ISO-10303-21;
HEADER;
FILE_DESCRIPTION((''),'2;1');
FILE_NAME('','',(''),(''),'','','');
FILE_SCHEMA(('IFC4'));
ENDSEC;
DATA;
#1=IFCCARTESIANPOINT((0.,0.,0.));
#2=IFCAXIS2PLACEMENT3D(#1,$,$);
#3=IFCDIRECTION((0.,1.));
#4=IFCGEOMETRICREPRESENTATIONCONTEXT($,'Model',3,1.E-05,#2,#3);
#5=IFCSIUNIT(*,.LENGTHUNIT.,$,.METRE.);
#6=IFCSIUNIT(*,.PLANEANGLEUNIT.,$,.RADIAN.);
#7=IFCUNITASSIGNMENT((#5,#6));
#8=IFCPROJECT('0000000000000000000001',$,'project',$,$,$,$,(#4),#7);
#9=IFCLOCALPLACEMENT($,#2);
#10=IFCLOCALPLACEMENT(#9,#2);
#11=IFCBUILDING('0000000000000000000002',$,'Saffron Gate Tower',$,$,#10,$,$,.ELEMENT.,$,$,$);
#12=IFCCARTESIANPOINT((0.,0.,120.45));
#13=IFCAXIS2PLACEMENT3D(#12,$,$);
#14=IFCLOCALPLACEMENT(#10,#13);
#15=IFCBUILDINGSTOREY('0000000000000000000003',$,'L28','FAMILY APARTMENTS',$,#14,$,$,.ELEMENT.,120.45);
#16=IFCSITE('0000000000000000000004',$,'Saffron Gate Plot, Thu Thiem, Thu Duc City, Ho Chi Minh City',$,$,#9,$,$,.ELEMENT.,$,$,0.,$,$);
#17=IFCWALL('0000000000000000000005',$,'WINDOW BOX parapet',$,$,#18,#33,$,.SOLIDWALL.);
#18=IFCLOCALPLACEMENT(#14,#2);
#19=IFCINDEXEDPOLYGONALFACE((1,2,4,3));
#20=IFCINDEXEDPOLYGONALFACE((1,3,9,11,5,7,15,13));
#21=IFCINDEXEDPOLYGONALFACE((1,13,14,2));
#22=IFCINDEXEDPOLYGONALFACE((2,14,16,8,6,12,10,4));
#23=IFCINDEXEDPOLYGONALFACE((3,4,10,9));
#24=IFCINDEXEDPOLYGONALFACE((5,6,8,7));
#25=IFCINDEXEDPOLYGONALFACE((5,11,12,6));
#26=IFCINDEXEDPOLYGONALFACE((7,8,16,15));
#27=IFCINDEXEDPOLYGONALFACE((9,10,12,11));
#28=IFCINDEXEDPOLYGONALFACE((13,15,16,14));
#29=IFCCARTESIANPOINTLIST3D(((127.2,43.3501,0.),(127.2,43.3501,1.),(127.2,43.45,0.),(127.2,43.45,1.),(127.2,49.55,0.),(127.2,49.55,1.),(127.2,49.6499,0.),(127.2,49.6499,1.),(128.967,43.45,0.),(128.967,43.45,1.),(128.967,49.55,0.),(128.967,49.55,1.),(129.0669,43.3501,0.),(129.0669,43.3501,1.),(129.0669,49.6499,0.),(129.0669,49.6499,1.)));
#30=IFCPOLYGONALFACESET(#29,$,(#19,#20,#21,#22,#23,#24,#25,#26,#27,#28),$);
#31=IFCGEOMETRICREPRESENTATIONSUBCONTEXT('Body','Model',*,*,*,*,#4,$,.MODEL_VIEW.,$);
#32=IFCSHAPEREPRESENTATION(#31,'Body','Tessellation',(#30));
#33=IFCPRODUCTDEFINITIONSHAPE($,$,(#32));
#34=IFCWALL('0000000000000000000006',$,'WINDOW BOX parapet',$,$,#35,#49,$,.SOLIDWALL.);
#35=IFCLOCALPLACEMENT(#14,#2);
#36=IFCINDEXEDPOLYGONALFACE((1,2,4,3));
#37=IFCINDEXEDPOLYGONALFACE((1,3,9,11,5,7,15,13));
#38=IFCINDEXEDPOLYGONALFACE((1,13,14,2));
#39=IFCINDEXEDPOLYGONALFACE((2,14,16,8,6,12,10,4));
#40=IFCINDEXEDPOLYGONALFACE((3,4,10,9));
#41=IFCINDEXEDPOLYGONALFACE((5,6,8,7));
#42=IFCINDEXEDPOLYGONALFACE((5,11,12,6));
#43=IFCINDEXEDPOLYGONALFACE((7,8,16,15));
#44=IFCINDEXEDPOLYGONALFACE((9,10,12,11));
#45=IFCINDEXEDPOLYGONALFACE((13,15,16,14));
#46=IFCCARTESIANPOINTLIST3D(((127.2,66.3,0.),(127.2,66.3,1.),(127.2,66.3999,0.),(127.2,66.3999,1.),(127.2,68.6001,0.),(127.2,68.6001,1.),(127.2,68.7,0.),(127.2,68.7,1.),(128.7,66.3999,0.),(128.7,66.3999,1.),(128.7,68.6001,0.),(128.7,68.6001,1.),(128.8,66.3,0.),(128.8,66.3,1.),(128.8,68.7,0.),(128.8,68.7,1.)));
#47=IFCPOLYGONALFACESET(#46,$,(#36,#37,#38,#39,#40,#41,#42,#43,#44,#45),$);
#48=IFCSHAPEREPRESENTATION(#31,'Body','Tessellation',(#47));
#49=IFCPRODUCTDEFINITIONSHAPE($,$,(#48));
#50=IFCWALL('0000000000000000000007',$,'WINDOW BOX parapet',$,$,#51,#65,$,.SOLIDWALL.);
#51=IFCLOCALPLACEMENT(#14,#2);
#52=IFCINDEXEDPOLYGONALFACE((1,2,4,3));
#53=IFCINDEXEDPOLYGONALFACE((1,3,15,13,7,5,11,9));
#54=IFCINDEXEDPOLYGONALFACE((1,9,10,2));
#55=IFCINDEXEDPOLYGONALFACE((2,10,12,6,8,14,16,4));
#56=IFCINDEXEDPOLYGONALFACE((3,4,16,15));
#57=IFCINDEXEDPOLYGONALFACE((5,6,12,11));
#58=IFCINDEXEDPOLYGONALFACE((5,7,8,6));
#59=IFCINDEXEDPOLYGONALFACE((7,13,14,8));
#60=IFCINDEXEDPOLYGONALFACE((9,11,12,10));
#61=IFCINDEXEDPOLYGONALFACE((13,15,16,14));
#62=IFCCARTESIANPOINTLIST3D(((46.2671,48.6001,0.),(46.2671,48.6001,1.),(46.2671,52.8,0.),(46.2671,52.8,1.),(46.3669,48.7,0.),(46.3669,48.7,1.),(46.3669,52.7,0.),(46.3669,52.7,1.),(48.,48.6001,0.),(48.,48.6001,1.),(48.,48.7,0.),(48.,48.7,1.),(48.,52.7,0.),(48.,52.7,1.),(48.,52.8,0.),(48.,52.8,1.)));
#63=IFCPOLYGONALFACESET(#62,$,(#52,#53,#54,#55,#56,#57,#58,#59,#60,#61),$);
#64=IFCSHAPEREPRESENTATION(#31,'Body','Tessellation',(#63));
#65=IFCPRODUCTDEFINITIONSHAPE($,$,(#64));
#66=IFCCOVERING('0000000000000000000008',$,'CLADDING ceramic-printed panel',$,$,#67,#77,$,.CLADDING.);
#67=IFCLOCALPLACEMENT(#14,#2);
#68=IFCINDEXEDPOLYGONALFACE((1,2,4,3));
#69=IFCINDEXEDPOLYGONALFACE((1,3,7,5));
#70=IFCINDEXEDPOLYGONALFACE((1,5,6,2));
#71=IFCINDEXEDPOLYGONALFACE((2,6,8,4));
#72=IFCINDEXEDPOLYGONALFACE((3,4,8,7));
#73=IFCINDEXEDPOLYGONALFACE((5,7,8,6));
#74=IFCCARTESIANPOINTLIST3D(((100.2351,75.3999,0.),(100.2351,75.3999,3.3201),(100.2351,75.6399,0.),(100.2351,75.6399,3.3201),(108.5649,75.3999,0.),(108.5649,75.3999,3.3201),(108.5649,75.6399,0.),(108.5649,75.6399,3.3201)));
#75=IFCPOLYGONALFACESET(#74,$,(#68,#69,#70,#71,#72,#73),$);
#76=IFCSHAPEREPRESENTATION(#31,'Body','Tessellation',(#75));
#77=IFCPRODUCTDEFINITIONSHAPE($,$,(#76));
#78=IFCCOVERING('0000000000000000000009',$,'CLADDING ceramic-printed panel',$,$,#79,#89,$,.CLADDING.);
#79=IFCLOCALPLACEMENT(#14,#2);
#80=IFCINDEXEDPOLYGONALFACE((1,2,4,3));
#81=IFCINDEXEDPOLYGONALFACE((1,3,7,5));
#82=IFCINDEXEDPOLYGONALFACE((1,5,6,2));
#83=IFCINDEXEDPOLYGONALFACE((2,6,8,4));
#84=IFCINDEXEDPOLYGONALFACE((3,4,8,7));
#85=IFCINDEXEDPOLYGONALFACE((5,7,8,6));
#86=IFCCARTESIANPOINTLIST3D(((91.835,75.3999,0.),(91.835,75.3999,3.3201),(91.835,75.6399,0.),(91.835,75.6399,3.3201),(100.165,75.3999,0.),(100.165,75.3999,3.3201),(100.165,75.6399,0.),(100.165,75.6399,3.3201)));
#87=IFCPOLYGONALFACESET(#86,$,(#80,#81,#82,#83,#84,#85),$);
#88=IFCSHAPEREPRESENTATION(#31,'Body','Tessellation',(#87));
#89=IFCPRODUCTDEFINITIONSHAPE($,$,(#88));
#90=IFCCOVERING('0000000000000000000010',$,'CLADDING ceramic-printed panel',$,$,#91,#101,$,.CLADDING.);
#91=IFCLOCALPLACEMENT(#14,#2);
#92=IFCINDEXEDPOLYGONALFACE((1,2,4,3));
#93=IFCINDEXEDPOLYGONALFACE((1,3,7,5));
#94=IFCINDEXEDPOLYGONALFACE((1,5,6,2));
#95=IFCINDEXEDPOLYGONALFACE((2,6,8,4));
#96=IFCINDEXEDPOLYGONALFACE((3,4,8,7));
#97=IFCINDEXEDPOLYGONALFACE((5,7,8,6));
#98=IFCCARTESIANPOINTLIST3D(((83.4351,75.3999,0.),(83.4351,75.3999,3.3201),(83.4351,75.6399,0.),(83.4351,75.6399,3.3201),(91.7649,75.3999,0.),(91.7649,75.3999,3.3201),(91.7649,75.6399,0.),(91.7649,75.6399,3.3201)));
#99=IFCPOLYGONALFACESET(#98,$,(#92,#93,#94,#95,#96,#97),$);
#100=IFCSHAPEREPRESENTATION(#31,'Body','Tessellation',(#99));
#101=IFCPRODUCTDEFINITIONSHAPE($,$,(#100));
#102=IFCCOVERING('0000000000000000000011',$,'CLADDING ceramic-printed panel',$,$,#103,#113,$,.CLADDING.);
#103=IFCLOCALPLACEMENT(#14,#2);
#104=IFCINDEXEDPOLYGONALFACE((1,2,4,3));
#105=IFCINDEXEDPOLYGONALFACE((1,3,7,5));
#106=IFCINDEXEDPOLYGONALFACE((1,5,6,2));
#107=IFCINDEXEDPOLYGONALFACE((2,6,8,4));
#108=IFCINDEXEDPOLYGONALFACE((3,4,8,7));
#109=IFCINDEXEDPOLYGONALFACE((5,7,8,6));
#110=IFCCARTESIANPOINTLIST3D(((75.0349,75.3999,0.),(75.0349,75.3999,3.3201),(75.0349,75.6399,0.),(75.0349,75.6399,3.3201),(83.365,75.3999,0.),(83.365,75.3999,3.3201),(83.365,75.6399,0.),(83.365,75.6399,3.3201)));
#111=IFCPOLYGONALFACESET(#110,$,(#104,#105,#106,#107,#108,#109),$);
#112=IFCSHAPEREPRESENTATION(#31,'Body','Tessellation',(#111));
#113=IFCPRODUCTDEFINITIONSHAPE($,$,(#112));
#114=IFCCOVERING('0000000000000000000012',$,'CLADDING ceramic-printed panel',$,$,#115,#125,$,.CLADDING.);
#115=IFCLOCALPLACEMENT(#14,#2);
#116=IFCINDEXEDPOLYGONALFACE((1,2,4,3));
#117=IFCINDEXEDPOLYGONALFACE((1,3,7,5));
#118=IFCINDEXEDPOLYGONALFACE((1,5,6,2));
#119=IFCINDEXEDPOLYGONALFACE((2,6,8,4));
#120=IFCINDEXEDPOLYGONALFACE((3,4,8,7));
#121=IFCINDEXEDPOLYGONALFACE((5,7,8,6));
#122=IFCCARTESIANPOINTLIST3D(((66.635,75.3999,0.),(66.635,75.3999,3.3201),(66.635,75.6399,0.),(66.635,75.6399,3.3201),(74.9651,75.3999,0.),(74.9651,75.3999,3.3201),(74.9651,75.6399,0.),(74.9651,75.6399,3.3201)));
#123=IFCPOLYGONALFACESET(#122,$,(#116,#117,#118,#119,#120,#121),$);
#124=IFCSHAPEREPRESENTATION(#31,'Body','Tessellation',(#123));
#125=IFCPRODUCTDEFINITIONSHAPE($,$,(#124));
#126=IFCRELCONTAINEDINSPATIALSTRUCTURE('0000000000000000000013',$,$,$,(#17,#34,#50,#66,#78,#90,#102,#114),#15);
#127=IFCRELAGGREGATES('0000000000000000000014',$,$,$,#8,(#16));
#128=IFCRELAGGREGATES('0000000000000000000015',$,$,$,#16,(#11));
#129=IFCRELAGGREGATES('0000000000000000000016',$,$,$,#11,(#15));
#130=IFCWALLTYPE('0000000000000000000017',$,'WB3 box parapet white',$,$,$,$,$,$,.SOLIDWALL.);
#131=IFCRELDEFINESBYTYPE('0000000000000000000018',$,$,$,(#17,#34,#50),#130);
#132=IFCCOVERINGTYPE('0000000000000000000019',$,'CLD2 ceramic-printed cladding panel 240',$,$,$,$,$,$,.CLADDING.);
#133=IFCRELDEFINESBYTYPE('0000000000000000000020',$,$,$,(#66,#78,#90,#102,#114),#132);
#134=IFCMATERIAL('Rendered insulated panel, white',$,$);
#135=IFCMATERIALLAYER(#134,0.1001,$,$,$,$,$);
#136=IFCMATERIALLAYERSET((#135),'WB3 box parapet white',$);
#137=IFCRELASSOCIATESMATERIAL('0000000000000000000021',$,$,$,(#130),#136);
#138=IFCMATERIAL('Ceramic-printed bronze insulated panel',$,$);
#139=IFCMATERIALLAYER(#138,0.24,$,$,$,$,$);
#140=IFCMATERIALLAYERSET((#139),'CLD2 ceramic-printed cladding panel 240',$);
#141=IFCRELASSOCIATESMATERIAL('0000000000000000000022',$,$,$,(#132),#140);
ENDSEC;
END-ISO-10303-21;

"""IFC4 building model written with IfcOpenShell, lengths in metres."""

from ifc_helpers import new_model, si_unit, direction, frame, origin, place, context, subcontext, project, spatial, polyline, outline, extrude, material, layer, layer_set, type_object, element, save


model = new_model("IFC4")

# Units and contexts
model_context = context("Model", 3, precision=1e-05, world=origin(), true_north=direction((0.0, 1.0)))
body_context = subcontext(model_context, "Body", "Model", "MODEL_VIEW")
ifc_project = project(units=[si_unit("LENGTHUNIT", "METRE"), si_unit("PLANEANGLEUNIT", "RADIAN")], contexts=[model_context])

# Site, building, storey
site_placement = place(None, origin())
site = spatial("IfcSite", under=ifc_project, at=site_placement, Name="Saffron Gate Plot, Thu Thiem, Thu Duc City, Ho Chi Minh City", CompositionType="ELEMENT", RefElevation=0.0)
building_placement = place(site_placement, origin())
building = spatial("IfcBuilding", under=site, at=building_placement, Name="Saffron Gate Tower", CompositionType="ELEMENT")
storey_placement = place(building_placement, frame((0.0, 0.0, 120.45)))
storey = spatial("IfcBuildingStorey", under=building, at=storey_placement, Name="L28", Description="FAMILY APARTMENTS", CompositionType="ELEMENT", Elevation=120.45)

# Walls
ifc_material_1 = material(Name="Rendered insulated panel, white")
ifc_layer_1 = layer(ifc_material_1, 0.1001)
ifc_layer_set_1 = layer_set([ifc_layer_1], Name="WB3 box parapet white")
wall_type = type_object("IfcWallType", Name="WB3 box parapet white", PredefinedType="SOLIDWALL", material=ifc_layer_set_1)
wall_1_placement = place(storey_placement, origin())
element("IfcWall", 1, at=wall_1_placement, inside=storey, type_object=wall_type, Name="WINDOW BOX parapet", PredefinedType="SOLIDWALL", context=body_context, shape_type="SweptSolid", body=[
    extrude(outline(polyline([(127.2, 43.3501), (127.2, 43.45), (128.967, 43.45), (128.967, 49.55), (127.2, 49.55), (127.2, 49.6499), (129.0669, 49.6499), (129.0669, 43.3501), (127.2, 43.3501)])), origin(), (0.0, 0.0, 1.0), 1.0),
])
wall_2_placement = place(storey_placement, origin())
element("IfcWall", 2, at=wall_2_placement, inside=storey, type_object=wall_type, Name="WINDOW BOX parapet", PredefinedType="SOLIDWALL", context=body_context, shape_type="SweptSolid", body=[
    extrude(outline(polyline([(127.2, 66.3), (127.2, 66.3999), (128.7, 66.3999), (128.7, 68.6001), (127.2, 68.6001), (127.2, 68.7), (128.8, 68.7), (128.8, 66.3), (127.2, 66.3)])), origin(), (0.0, 0.0, 1.0), 1.0),
])
wall_3_placement = place(storey_placement, origin())
element("IfcWall", 3, at=wall_3_placement, inside=storey, type_object=wall_type, Name="WINDOW BOX parapet", PredefinedType="SOLIDWALL", context=body_context, shape_type="SweptSolid", body=[
    extrude(outline(polyline([(48.0, 52.8), (48.0, 52.7), (46.3669, 52.7), (46.3669, 48.7), (48.0, 48.7), (48.0, 48.6001), (46.2671, 48.6001), (46.2671, 52.8), (48.0, 52.8)])), origin(), (0.0, 0.0, 1.0), 1.0),
])

# Coverings
ifc_material_2 = material(Name="Ceramic-printed bronze insulated panel")
ifc_layer_2 = layer(ifc_material_2, 0.24)
ifc_layer_set_2 = layer_set([ifc_layer_2], Name="CLD2 ceramic-printed cladding panel 240")
covering_type = type_object("IfcCoveringType", Name="CLD2 ceramic-printed cladding panel 240", PredefinedType="CLADDING", material=ifc_layer_set_2)
covering_1_placement = place(storey_placement, origin())
element("IfcCovering", 4, at=covering_1_placement, inside=storey, type_object=covering_type, Name="CLADDING ceramic-printed panel", PredefinedType="CLADDING", context=body_context, shape_type="SweptSolid", body=[
    extrude(outline(polyline([(108.5649, 75.6399), (100.2351, 75.6399), (100.2351, 75.3999), (108.5649, 75.3999), (108.5649, 75.6399)])), origin(), (0.0, 0.0, 1.0), 3.3201),
])
covering_2_placement = place(storey_placement, origin())
element("IfcCovering", 5, at=covering_2_placement, inside=storey, type_object=covering_type, Name="CLADDING ceramic-printed panel", PredefinedType="CLADDING", context=body_context, shape_type="SweptSolid", body=[
    extrude(outline(polyline([(100.165, 75.6399), (91.835, 75.6399), (91.835, 75.3999), (100.165, 75.3999), (100.165, 75.6399)])), origin(), (0.0, 0.0, 1.0), 3.3201),
])
covering_3_placement = place(storey_placement, origin())
element("IfcCovering", 6, at=covering_3_placement, inside=storey, type_object=covering_type, Name="CLADDING ceramic-printed panel", PredefinedType="CLADDING", context=body_context, shape_type="SweptSolid", body=[
    extrude(outline(polyline([(91.7649, 75.6399), (83.4351, 75.6399), (83.4351, 75.3999), (91.7649, 75.3999), (91.7649, 75.6399)])), origin(), (0.0, 0.0, 1.0), 3.3201),
])
covering_4_placement = place(storey_placement, origin())
element("IfcCovering", 7, at=covering_4_placement, inside=storey, type_object=covering_type, Name="CLADDING ceramic-printed panel", PredefinedType="CLADDING", context=body_context, shape_type="SweptSolid", body=[
    extrude(outline(polyline([(83.365, 75.6399), (75.0349, 75.6399), (75.0349, 75.3999), (83.365, 75.3999), (83.365, 75.6399)])), origin(), (0.0, 0.0, 1.0), 3.3201),
])
covering_5_placement = place(storey_placement, origin())
element("IfcCovering", 8, at=covering_5_placement, inside=storey, type_object=covering_type, Name="CLADDING ceramic-printed panel", PredefinedType="CLADDING", context=body_context, shape_type="SweptSolid", body=[
    extrude(outline(polyline([(74.9651, 75.6399), (66.635, 75.6399), (66.635, 75.3999), (74.9651, 75.3999), (74.9651, 75.6399)])), origin(), (0.0, 0.0, 1.0), 3.3201),
])

save(model, "model.ifc")
